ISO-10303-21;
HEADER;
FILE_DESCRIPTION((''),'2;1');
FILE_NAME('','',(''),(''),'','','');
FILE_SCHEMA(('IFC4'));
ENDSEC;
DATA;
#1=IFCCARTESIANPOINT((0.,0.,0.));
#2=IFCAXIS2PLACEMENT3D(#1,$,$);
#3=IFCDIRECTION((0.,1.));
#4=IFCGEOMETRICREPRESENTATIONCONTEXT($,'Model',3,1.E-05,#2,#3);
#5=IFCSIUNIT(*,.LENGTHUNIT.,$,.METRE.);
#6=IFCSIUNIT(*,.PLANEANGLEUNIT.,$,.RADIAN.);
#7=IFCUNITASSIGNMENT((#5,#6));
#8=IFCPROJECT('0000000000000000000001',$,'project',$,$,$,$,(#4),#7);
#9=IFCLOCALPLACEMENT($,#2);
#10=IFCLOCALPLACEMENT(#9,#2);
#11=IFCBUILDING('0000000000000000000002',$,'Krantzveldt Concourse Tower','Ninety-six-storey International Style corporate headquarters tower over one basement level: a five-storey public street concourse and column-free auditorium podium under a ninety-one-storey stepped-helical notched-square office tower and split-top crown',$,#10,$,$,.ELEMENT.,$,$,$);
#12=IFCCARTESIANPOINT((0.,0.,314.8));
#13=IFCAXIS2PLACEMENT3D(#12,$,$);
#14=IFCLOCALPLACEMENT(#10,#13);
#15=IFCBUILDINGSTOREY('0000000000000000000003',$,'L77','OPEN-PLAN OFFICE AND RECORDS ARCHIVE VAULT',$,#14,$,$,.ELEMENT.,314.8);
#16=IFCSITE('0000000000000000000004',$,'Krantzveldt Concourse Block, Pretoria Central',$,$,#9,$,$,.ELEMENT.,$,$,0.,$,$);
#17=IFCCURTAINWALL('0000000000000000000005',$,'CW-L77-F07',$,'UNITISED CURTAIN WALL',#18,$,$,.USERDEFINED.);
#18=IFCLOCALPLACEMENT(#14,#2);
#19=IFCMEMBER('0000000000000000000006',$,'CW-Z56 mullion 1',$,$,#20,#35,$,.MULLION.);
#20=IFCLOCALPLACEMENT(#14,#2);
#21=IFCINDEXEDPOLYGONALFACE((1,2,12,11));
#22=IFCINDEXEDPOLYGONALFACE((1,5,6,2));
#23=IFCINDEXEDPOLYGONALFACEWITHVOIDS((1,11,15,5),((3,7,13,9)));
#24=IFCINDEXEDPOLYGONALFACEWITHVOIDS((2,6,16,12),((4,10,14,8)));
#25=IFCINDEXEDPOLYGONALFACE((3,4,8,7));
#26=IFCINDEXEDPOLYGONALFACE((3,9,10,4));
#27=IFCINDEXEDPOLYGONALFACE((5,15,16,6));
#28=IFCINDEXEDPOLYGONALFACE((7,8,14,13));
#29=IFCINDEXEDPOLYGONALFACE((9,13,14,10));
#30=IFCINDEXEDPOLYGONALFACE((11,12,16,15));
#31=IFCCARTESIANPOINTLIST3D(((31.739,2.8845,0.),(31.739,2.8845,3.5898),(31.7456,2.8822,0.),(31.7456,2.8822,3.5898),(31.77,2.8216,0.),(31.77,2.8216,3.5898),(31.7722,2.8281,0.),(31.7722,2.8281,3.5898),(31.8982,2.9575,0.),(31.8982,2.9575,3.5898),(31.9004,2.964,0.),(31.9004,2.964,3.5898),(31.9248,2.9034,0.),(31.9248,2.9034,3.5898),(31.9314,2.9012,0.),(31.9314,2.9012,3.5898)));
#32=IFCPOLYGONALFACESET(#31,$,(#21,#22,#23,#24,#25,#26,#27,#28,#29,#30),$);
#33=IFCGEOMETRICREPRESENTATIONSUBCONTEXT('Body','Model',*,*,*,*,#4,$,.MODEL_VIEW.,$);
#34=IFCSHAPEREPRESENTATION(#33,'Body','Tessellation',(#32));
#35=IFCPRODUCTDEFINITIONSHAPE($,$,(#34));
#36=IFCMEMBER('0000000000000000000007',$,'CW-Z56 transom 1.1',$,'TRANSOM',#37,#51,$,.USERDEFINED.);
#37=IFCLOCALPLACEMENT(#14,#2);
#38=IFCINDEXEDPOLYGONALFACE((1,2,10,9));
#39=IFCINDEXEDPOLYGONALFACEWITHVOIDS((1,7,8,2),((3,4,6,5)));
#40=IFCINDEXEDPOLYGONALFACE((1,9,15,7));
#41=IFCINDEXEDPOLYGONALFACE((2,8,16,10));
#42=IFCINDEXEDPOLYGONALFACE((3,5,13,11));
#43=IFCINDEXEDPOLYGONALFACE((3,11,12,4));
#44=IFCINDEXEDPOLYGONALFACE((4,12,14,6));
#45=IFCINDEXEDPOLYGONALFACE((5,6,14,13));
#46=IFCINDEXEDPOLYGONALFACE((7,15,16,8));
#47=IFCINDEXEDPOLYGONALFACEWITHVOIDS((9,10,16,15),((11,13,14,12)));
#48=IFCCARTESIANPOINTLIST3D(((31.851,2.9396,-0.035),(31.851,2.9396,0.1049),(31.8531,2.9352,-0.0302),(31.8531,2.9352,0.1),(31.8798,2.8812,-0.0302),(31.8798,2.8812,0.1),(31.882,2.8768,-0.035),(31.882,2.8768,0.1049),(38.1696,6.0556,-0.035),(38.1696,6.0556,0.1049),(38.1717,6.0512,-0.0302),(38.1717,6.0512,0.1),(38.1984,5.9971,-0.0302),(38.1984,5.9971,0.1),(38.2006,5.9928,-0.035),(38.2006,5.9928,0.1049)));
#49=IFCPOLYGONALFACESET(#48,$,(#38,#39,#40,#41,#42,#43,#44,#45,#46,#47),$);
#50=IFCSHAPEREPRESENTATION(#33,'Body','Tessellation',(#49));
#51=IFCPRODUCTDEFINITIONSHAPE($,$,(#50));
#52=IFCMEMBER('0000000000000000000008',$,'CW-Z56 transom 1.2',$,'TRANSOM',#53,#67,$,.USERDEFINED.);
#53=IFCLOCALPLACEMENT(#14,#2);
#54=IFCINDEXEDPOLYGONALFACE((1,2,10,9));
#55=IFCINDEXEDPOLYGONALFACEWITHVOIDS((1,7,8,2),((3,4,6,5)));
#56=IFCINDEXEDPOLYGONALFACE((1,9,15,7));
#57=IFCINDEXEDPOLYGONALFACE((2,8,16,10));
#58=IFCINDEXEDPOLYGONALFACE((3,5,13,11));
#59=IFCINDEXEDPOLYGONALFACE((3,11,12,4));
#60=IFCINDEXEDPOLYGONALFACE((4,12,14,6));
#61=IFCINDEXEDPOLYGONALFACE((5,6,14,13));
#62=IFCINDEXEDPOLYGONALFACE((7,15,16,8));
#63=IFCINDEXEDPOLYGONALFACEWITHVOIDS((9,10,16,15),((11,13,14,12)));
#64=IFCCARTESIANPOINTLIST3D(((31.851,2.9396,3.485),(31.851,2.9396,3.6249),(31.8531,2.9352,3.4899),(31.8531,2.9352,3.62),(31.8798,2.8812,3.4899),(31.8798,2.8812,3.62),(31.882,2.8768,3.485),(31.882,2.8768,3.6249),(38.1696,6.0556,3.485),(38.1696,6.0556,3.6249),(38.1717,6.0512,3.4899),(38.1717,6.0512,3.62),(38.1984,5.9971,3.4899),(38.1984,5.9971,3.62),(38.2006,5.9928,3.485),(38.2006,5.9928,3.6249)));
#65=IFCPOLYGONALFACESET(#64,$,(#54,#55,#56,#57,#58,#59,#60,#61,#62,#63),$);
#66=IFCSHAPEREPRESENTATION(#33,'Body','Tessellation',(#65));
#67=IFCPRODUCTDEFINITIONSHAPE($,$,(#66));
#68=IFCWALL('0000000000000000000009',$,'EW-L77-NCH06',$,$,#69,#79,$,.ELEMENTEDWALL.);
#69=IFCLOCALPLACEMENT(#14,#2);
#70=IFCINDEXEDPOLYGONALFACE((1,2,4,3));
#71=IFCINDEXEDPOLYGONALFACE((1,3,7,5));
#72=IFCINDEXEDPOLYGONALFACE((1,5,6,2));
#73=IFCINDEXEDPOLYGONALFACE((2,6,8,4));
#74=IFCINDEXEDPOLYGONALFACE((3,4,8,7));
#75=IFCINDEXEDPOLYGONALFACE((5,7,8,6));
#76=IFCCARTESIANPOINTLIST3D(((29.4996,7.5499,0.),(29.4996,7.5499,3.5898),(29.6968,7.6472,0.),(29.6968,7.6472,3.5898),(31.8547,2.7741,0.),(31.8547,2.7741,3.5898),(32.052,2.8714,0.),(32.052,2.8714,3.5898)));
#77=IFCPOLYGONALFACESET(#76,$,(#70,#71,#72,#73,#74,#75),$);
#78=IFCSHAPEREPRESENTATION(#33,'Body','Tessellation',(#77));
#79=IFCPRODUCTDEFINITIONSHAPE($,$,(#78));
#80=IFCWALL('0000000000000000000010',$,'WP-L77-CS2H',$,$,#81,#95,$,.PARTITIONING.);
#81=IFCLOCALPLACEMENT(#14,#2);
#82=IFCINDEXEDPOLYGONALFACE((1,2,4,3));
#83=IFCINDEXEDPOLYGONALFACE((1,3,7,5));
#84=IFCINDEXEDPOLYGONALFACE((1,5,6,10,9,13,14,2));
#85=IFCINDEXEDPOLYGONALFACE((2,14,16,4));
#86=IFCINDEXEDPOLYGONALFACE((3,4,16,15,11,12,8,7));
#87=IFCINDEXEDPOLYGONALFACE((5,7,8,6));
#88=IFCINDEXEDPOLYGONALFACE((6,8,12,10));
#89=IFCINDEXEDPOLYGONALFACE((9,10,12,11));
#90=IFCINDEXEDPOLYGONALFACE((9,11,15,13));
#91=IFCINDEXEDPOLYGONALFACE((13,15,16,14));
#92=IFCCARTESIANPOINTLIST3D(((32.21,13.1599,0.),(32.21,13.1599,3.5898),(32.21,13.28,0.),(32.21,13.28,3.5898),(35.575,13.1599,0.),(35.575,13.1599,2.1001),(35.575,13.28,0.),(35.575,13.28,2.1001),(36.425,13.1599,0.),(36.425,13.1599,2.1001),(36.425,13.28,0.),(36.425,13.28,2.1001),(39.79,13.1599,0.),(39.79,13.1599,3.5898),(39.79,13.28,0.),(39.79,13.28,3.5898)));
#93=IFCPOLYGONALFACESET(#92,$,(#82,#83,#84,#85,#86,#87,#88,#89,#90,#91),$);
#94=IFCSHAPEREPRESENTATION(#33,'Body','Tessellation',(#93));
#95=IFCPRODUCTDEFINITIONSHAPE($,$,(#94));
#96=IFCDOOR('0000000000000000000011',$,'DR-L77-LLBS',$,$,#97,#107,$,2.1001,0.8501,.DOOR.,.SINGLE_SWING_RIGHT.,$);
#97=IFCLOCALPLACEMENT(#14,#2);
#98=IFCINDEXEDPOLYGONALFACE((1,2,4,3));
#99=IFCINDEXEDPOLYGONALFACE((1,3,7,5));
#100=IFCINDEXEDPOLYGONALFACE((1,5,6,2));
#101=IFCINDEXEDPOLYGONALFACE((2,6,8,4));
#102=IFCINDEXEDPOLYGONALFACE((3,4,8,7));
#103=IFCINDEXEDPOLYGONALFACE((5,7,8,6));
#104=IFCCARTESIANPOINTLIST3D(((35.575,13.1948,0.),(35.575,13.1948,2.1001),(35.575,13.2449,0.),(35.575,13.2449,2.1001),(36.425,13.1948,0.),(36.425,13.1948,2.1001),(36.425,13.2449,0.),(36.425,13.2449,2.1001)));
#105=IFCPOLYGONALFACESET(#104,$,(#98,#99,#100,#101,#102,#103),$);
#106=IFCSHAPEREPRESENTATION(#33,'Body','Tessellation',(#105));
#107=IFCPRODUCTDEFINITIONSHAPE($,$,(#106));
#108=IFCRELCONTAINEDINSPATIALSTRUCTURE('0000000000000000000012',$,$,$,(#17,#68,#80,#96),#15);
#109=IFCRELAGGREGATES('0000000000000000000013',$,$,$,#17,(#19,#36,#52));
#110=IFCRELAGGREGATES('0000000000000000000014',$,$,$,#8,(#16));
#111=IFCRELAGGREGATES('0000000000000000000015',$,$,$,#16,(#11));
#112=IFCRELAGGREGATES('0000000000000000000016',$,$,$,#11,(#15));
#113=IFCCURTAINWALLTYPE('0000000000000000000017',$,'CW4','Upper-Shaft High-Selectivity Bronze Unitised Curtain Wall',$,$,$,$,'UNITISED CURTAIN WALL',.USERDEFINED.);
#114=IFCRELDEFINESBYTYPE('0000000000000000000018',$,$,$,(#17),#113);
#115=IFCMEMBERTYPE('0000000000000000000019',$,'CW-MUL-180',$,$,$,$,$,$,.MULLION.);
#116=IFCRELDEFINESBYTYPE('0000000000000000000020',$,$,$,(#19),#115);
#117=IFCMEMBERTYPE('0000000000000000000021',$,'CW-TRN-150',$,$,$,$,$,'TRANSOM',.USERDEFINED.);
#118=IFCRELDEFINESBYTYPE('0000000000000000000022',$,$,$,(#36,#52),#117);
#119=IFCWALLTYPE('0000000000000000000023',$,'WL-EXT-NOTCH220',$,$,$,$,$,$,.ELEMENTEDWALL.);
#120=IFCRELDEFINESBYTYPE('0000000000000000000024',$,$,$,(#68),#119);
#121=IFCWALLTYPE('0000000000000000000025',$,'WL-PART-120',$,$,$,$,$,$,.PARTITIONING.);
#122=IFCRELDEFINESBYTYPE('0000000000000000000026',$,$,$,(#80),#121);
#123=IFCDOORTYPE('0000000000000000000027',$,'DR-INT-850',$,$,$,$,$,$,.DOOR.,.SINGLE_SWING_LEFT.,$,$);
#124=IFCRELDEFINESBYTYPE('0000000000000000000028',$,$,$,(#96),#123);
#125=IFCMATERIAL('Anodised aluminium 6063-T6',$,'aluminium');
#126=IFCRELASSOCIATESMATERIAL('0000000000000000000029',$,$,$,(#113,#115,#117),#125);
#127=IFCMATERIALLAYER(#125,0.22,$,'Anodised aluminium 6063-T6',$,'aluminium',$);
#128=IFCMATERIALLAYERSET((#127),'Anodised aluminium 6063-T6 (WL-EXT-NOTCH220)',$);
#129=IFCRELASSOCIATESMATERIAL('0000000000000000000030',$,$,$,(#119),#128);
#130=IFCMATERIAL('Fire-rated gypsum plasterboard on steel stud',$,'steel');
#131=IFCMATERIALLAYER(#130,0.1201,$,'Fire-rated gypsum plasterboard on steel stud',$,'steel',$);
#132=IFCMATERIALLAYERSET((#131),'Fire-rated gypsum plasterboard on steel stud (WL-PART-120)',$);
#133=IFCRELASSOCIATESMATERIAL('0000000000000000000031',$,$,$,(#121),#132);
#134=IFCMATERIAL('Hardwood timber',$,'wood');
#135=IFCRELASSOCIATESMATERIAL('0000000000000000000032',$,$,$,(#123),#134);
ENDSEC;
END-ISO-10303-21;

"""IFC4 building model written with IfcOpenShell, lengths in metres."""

from ifc_helpers import new_model, si_unit, direction, frame, frame_2d, origin, origin_2d, place, context, subcontext, project, spatial, rectangle, hollow_rectangle, extrude, source, transform, mapped, material, layer, layer_set, material_profile, profile_set, type_object, type_shapes, element, fill, aggregate, save


model = new_model("IFC4")

# Units and contexts
model_context = context("Model", 3, precision=1e-05, world=origin(), true_north=direction((0.0, 1.0)))
body_context = subcontext(model_context, "Body", "Model", "MODEL_VIEW")
ifc_project = project(units=[si_unit("LENGTHUNIT", "METRE"), si_unit("PLANEANGLEUNIT", "RADIAN")], contexts=[model_context])

# Site, building, storey
site_placement = place(None, origin())
site = spatial("IfcSite", under=ifc_project, at=site_placement, Name="Krantzveldt Concourse Block, Pretoria Central", CompositionType="ELEMENT", RefElevation=0.0)
building_placement = place(site_placement, origin())
building = spatial("IfcBuilding", under=site, at=building_placement, Name="Krantzveldt Concourse Tower", Description="Ninety-six-storey International Style corporate headquarters tower over one basement level: a five-storey public street concourse and column-free auditorium podium under a ninety-one-storey stepped-helical notched-square office tower and split-top crown", CompositionType="ELEMENT")
storey_placement = place(building_placement, frame((0.0, 0.0, 314.8)))
storey = spatial("IfcBuildingStorey", under=building, at=storey_placement, Name="L77", Description="OPEN-PLAN OFFICE AND RECORDS ARCHIVE VAULT", CompositionType="ELEMENT", Elevation=314.8)

# Curtain wall, members
ifc_material_1 = material(Name="Anodised aluminium 6063-T6", Category="aluminium")
curtain_wall_type = type_object("IfcCurtainWallType", Name="CW4", Description="Upper-Shaft High-Selectivity Bronze Unitised Curtain Wall", ElementType="UNITISED CURTAIN WALL", PredefinedType="USERDEFINED", material=ifc_material_1)
curtain_wall_placement = place(storey_placement, origin())
curtain_wall = element("IfcCurtainWall", 1, at=curtain_wall_placement, inside=storey, type_object=curtain_wall_type, Name="CW-L77-F07", ObjectType="UNITISED CURTAIN WALL", PredefinedType="USERDEFINED")
ifc_material_profile_1 = material_profile(ifc_material_1, hollow_rectangle(XDim=0.0701, YDim=0.1799, WallThickness=0.0049, at=origin_2d()), Name="Anodised aluminium 6063-T6", Category="aluminium")
ifc_profile_set_1 = profile_set([ifc_material_profile_1], Name="Anodised aluminium 6063-T6 - ALU-MULL 180x70x5")
member_type_1 = type_object("IfcMemberType", Name="CW-MUL-180", PredefinedType="MULLION", material=ifc_profile_set_1)
shared_shape_1 = source(origin(), body_context, "Body", "SweptSolid", [
    extrude(hollow_rectangle(XDim=0.0701, YDim=0.1799, WallThickness=0.0049, at=origin_2d()), origin(), (0.0, 0.0, 1.0), 3.5898),
])
type_shapes(member_type_1, [shared_shape_1])
member_1_placement = place(storey_placement, frame((31.8352, 2.8928, 0.0), z_axis=(0.0, 0.0, 1.0), x_axis=(-0.442289, 0.896873, 0.0)))
member_1 = element("IfcMember", 2, at=member_1_placement, type_object=member_type_1, Name="CW-Z56 mullion 1", PredefinedType="MULLION", context=body_context, shape_type="MappedRepresentation", body=[
    mapped(shared_shape_1, transform((0.0, 0.0, 0.0), x_axis=(1.0, 0.0, 0.0), y_axis=(0.0, 1.0, 0.0), z_axis=(0.0, 0.0, 1.0), scale=1.0)),
])
ifc_material_profile_2 = material_profile(ifc_material_1, hollow_rectangle(XDim=0.0701, YDim=0.1399, WallThickness=0.0049, at=origin_2d()), Name="Anodised aluminium 6063-T6", Category="aluminium")
ifc_profile_set_2 = profile_set([ifc_material_profile_2], Name="Anodised aluminium 6063-T6 - ALU-TRAN 140x70x5")
member_type_2 = type_object("IfcMemberType", Name="CW-TRN-150", ElementType="TRANSOM", PredefinedType="USERDEFINED", material=ifc_profile_set_2)
shared_shape_2 = source(origin(), body_context, "Body", "SweptSolid", [
    extrude(hollow_rectangle(XDim=0.0701, YDim=0.1399, WallThickness=0.0049, at=origin_2d()), origin(), (0.0, 0.0, 1.0), 7.0452),
])
type_shapes(member_type_2, [shared_shape_2])
member_2_placement = place(storey_placement, frame((31.8665, 2.9082, 0.0349), z_axis=(0.896874, 0.442286, 0.0), x_axis=(-0.442286, 0.896874, 0.0)))
member_2 = element("IfcMember", 3, at=member_2_placement, type_object=member_type_2, Name="CW-Z56 transom 1.1", ObjectType="TRANSOM", PredefinedType="USERDEFINED", context=body_context, shape_type="MappedRepresentation", body=[
    mapped(shared_shape_2, transform((0.0, 0.0, 0.0), x_axis=(1.0, 0.0, 0.0), y_axis=(0.0, 1.0, 0.0), z_axis=(0.0, 0.0, 1.0), scale=1.0)),
])
member_3_placement = place(storey_placement, frame((31.8665, 2.9082, 3.5549), z_axis=(0.896874, 0.442286, 0.0), x_axis=(-0.442286, 0.896874, 0.0)))
member_3 = element("IfcMember", 4, at=member_3_placement, type_object=member_type_2, Name="CW-Z56 transom 1.2", ObjectType="TRANSOM", PredefinedType="USERDEFINED", context=body_context, shape_type="MappedRepresentation", body=[
    mapped(shared_shape_2, transform((0.0, 0.0, 0.0), x_axis=(1.0, 0.0, 0.0), y_axis=(0.0, 1.0, 0.0), z_axis=(0.0, 0.0, 1.0), scale=1.0)),
])
aggregate(curtain_wall, [member_1, member_2, member_3])

# Wall
ifc_layer_1 = layer(ifc_material_1, 0.22, Name="Anodised aluminium 6063-T6", Category="aluminium")
ifc_layer_set_1 = layer_set([ifc_layer_1], Name="Anodised aluminium 6063-T6 (WL-EXT-NOTCH220)")
wall_type_1 = type_object("IfcWallType", Name="WL-EXT-NOTCH220", PredefinedType="ELEMENTEDWALL", material=ifc_layer_set_1)
wall_1_placement = place(storey_placement, frame((29.5981, 7.5986, 0.0), z_axis=(0.0, 0.0, 1.0), x_axis=(0.442292, -0.896871, 0.0)))
element("IfcWall", 5, at=wall_1_placement, inside=storey, type_object=wall_type_1, Name="EW-L77-NCH06", PredefinedType="ELEMENTEDWALL", context=body_context, shape_type="SweptSolid", body=[
    extrude(rectangle(XDim=5.325, YDim=0.22, at=frame_2d((2.6626, 0.0))), origin(), (0.0, 0.0, 1.0), 3.5898),
])

# Wall, opening, door
ifc_material_2 = material(Name="Fire-rated gypsum plasterboard on steel stud", Category="steel")
ifc_layer_2 = layer(ifc_material_2, 0.1201, Name="Fire-rated gypsum plasterboard on steel stud", Category="steel")
ifc_layer_set_2 = layer_set([ifc_layer_2], Name="Fire-rated gypsum plasterboard on steel stud (WL-PART-120)")
wall_type_2 = type_object("IfcWallType", Name="WL-PART-120", PredefinedType="PARTITIONING", material=ifc_layer_set_2)
wall_2_placement = place(storey_placement, frame((32.21, 13.22, 0.0), z_axis=(0.0, 0.0, 1.0), x_axis=(1.0, 0.0, 0.0)))
wall_2 = element("IfcWall", 6, at=wall_2_placement, inside=storey, type_object=wall_type_2, Name="WP-L77-CS2H", PredefinedType="PARTITIONING", context=body_context, shape_type="SweptSolid", body=[
    extrude(rectangle(XDim=7.5801, YDim=0.1201, at=frame_2d((3.79, 0.0))), origin(), (0.0, 0.0, 1.0), 3.5898),
])
opening_1_placement = place(wall_2_placement, frame((3.365, 0.0, 0.0)))
opening_1 = element("IfcOpeningElement", 7, at=opening_1_placement, cuts=wall_2, PredefinedType="OPENING", context=body_context, shape_type="SweptSolid", body=[
    extrude(rectangle(XDim=0.8501, YDim=2.1001, at=frame_2d((0.425, 1.05))), frame((0.0, 0.0701, 0.0), z_axis=(0.0, -1.0, 0.0), x_axis=(1.0, 0.0, 0.0)), (0.0, 0.0, 1.0), 0.1401),
])
ifc_material_3 = material(Name="Hardwood timber", Category="wood")
door_type_1 = type_object("IfcDoorType", Name="DR-INT-850", OperationType="SINGLE_SWING_LEFT", PredefinedType="DOOR", material=ifc_material_3)
door_1_placement = place(opening_1_placement, origin())
door_1 = element("IfcDoor", 8, at=door_1_placement, inside=storey, type_object=door_type_1, Name="DR-L77-LLBS", OperationType="SINGLE_SWING_RIGHT", OverallHeight=2.1001, OverallWidth=0.8501, PredefinedType="DOOR", context=body_context, shape_type="SweptSolid", body=[
    extrude(rectangle(XDim=0.8501, YDim=2.1001, at=frame_2d((0.425, 1.05))), frame((0.0, 0.0249, 0.0), z_axis=(0.0, -1.0, 0.0), x_axis=(1.0, 0.0, 0.0)), (0.0, 0.0, 1.0), 0.05),
])
fill(opening_1, door_1)

save(model, "model.ifc")
